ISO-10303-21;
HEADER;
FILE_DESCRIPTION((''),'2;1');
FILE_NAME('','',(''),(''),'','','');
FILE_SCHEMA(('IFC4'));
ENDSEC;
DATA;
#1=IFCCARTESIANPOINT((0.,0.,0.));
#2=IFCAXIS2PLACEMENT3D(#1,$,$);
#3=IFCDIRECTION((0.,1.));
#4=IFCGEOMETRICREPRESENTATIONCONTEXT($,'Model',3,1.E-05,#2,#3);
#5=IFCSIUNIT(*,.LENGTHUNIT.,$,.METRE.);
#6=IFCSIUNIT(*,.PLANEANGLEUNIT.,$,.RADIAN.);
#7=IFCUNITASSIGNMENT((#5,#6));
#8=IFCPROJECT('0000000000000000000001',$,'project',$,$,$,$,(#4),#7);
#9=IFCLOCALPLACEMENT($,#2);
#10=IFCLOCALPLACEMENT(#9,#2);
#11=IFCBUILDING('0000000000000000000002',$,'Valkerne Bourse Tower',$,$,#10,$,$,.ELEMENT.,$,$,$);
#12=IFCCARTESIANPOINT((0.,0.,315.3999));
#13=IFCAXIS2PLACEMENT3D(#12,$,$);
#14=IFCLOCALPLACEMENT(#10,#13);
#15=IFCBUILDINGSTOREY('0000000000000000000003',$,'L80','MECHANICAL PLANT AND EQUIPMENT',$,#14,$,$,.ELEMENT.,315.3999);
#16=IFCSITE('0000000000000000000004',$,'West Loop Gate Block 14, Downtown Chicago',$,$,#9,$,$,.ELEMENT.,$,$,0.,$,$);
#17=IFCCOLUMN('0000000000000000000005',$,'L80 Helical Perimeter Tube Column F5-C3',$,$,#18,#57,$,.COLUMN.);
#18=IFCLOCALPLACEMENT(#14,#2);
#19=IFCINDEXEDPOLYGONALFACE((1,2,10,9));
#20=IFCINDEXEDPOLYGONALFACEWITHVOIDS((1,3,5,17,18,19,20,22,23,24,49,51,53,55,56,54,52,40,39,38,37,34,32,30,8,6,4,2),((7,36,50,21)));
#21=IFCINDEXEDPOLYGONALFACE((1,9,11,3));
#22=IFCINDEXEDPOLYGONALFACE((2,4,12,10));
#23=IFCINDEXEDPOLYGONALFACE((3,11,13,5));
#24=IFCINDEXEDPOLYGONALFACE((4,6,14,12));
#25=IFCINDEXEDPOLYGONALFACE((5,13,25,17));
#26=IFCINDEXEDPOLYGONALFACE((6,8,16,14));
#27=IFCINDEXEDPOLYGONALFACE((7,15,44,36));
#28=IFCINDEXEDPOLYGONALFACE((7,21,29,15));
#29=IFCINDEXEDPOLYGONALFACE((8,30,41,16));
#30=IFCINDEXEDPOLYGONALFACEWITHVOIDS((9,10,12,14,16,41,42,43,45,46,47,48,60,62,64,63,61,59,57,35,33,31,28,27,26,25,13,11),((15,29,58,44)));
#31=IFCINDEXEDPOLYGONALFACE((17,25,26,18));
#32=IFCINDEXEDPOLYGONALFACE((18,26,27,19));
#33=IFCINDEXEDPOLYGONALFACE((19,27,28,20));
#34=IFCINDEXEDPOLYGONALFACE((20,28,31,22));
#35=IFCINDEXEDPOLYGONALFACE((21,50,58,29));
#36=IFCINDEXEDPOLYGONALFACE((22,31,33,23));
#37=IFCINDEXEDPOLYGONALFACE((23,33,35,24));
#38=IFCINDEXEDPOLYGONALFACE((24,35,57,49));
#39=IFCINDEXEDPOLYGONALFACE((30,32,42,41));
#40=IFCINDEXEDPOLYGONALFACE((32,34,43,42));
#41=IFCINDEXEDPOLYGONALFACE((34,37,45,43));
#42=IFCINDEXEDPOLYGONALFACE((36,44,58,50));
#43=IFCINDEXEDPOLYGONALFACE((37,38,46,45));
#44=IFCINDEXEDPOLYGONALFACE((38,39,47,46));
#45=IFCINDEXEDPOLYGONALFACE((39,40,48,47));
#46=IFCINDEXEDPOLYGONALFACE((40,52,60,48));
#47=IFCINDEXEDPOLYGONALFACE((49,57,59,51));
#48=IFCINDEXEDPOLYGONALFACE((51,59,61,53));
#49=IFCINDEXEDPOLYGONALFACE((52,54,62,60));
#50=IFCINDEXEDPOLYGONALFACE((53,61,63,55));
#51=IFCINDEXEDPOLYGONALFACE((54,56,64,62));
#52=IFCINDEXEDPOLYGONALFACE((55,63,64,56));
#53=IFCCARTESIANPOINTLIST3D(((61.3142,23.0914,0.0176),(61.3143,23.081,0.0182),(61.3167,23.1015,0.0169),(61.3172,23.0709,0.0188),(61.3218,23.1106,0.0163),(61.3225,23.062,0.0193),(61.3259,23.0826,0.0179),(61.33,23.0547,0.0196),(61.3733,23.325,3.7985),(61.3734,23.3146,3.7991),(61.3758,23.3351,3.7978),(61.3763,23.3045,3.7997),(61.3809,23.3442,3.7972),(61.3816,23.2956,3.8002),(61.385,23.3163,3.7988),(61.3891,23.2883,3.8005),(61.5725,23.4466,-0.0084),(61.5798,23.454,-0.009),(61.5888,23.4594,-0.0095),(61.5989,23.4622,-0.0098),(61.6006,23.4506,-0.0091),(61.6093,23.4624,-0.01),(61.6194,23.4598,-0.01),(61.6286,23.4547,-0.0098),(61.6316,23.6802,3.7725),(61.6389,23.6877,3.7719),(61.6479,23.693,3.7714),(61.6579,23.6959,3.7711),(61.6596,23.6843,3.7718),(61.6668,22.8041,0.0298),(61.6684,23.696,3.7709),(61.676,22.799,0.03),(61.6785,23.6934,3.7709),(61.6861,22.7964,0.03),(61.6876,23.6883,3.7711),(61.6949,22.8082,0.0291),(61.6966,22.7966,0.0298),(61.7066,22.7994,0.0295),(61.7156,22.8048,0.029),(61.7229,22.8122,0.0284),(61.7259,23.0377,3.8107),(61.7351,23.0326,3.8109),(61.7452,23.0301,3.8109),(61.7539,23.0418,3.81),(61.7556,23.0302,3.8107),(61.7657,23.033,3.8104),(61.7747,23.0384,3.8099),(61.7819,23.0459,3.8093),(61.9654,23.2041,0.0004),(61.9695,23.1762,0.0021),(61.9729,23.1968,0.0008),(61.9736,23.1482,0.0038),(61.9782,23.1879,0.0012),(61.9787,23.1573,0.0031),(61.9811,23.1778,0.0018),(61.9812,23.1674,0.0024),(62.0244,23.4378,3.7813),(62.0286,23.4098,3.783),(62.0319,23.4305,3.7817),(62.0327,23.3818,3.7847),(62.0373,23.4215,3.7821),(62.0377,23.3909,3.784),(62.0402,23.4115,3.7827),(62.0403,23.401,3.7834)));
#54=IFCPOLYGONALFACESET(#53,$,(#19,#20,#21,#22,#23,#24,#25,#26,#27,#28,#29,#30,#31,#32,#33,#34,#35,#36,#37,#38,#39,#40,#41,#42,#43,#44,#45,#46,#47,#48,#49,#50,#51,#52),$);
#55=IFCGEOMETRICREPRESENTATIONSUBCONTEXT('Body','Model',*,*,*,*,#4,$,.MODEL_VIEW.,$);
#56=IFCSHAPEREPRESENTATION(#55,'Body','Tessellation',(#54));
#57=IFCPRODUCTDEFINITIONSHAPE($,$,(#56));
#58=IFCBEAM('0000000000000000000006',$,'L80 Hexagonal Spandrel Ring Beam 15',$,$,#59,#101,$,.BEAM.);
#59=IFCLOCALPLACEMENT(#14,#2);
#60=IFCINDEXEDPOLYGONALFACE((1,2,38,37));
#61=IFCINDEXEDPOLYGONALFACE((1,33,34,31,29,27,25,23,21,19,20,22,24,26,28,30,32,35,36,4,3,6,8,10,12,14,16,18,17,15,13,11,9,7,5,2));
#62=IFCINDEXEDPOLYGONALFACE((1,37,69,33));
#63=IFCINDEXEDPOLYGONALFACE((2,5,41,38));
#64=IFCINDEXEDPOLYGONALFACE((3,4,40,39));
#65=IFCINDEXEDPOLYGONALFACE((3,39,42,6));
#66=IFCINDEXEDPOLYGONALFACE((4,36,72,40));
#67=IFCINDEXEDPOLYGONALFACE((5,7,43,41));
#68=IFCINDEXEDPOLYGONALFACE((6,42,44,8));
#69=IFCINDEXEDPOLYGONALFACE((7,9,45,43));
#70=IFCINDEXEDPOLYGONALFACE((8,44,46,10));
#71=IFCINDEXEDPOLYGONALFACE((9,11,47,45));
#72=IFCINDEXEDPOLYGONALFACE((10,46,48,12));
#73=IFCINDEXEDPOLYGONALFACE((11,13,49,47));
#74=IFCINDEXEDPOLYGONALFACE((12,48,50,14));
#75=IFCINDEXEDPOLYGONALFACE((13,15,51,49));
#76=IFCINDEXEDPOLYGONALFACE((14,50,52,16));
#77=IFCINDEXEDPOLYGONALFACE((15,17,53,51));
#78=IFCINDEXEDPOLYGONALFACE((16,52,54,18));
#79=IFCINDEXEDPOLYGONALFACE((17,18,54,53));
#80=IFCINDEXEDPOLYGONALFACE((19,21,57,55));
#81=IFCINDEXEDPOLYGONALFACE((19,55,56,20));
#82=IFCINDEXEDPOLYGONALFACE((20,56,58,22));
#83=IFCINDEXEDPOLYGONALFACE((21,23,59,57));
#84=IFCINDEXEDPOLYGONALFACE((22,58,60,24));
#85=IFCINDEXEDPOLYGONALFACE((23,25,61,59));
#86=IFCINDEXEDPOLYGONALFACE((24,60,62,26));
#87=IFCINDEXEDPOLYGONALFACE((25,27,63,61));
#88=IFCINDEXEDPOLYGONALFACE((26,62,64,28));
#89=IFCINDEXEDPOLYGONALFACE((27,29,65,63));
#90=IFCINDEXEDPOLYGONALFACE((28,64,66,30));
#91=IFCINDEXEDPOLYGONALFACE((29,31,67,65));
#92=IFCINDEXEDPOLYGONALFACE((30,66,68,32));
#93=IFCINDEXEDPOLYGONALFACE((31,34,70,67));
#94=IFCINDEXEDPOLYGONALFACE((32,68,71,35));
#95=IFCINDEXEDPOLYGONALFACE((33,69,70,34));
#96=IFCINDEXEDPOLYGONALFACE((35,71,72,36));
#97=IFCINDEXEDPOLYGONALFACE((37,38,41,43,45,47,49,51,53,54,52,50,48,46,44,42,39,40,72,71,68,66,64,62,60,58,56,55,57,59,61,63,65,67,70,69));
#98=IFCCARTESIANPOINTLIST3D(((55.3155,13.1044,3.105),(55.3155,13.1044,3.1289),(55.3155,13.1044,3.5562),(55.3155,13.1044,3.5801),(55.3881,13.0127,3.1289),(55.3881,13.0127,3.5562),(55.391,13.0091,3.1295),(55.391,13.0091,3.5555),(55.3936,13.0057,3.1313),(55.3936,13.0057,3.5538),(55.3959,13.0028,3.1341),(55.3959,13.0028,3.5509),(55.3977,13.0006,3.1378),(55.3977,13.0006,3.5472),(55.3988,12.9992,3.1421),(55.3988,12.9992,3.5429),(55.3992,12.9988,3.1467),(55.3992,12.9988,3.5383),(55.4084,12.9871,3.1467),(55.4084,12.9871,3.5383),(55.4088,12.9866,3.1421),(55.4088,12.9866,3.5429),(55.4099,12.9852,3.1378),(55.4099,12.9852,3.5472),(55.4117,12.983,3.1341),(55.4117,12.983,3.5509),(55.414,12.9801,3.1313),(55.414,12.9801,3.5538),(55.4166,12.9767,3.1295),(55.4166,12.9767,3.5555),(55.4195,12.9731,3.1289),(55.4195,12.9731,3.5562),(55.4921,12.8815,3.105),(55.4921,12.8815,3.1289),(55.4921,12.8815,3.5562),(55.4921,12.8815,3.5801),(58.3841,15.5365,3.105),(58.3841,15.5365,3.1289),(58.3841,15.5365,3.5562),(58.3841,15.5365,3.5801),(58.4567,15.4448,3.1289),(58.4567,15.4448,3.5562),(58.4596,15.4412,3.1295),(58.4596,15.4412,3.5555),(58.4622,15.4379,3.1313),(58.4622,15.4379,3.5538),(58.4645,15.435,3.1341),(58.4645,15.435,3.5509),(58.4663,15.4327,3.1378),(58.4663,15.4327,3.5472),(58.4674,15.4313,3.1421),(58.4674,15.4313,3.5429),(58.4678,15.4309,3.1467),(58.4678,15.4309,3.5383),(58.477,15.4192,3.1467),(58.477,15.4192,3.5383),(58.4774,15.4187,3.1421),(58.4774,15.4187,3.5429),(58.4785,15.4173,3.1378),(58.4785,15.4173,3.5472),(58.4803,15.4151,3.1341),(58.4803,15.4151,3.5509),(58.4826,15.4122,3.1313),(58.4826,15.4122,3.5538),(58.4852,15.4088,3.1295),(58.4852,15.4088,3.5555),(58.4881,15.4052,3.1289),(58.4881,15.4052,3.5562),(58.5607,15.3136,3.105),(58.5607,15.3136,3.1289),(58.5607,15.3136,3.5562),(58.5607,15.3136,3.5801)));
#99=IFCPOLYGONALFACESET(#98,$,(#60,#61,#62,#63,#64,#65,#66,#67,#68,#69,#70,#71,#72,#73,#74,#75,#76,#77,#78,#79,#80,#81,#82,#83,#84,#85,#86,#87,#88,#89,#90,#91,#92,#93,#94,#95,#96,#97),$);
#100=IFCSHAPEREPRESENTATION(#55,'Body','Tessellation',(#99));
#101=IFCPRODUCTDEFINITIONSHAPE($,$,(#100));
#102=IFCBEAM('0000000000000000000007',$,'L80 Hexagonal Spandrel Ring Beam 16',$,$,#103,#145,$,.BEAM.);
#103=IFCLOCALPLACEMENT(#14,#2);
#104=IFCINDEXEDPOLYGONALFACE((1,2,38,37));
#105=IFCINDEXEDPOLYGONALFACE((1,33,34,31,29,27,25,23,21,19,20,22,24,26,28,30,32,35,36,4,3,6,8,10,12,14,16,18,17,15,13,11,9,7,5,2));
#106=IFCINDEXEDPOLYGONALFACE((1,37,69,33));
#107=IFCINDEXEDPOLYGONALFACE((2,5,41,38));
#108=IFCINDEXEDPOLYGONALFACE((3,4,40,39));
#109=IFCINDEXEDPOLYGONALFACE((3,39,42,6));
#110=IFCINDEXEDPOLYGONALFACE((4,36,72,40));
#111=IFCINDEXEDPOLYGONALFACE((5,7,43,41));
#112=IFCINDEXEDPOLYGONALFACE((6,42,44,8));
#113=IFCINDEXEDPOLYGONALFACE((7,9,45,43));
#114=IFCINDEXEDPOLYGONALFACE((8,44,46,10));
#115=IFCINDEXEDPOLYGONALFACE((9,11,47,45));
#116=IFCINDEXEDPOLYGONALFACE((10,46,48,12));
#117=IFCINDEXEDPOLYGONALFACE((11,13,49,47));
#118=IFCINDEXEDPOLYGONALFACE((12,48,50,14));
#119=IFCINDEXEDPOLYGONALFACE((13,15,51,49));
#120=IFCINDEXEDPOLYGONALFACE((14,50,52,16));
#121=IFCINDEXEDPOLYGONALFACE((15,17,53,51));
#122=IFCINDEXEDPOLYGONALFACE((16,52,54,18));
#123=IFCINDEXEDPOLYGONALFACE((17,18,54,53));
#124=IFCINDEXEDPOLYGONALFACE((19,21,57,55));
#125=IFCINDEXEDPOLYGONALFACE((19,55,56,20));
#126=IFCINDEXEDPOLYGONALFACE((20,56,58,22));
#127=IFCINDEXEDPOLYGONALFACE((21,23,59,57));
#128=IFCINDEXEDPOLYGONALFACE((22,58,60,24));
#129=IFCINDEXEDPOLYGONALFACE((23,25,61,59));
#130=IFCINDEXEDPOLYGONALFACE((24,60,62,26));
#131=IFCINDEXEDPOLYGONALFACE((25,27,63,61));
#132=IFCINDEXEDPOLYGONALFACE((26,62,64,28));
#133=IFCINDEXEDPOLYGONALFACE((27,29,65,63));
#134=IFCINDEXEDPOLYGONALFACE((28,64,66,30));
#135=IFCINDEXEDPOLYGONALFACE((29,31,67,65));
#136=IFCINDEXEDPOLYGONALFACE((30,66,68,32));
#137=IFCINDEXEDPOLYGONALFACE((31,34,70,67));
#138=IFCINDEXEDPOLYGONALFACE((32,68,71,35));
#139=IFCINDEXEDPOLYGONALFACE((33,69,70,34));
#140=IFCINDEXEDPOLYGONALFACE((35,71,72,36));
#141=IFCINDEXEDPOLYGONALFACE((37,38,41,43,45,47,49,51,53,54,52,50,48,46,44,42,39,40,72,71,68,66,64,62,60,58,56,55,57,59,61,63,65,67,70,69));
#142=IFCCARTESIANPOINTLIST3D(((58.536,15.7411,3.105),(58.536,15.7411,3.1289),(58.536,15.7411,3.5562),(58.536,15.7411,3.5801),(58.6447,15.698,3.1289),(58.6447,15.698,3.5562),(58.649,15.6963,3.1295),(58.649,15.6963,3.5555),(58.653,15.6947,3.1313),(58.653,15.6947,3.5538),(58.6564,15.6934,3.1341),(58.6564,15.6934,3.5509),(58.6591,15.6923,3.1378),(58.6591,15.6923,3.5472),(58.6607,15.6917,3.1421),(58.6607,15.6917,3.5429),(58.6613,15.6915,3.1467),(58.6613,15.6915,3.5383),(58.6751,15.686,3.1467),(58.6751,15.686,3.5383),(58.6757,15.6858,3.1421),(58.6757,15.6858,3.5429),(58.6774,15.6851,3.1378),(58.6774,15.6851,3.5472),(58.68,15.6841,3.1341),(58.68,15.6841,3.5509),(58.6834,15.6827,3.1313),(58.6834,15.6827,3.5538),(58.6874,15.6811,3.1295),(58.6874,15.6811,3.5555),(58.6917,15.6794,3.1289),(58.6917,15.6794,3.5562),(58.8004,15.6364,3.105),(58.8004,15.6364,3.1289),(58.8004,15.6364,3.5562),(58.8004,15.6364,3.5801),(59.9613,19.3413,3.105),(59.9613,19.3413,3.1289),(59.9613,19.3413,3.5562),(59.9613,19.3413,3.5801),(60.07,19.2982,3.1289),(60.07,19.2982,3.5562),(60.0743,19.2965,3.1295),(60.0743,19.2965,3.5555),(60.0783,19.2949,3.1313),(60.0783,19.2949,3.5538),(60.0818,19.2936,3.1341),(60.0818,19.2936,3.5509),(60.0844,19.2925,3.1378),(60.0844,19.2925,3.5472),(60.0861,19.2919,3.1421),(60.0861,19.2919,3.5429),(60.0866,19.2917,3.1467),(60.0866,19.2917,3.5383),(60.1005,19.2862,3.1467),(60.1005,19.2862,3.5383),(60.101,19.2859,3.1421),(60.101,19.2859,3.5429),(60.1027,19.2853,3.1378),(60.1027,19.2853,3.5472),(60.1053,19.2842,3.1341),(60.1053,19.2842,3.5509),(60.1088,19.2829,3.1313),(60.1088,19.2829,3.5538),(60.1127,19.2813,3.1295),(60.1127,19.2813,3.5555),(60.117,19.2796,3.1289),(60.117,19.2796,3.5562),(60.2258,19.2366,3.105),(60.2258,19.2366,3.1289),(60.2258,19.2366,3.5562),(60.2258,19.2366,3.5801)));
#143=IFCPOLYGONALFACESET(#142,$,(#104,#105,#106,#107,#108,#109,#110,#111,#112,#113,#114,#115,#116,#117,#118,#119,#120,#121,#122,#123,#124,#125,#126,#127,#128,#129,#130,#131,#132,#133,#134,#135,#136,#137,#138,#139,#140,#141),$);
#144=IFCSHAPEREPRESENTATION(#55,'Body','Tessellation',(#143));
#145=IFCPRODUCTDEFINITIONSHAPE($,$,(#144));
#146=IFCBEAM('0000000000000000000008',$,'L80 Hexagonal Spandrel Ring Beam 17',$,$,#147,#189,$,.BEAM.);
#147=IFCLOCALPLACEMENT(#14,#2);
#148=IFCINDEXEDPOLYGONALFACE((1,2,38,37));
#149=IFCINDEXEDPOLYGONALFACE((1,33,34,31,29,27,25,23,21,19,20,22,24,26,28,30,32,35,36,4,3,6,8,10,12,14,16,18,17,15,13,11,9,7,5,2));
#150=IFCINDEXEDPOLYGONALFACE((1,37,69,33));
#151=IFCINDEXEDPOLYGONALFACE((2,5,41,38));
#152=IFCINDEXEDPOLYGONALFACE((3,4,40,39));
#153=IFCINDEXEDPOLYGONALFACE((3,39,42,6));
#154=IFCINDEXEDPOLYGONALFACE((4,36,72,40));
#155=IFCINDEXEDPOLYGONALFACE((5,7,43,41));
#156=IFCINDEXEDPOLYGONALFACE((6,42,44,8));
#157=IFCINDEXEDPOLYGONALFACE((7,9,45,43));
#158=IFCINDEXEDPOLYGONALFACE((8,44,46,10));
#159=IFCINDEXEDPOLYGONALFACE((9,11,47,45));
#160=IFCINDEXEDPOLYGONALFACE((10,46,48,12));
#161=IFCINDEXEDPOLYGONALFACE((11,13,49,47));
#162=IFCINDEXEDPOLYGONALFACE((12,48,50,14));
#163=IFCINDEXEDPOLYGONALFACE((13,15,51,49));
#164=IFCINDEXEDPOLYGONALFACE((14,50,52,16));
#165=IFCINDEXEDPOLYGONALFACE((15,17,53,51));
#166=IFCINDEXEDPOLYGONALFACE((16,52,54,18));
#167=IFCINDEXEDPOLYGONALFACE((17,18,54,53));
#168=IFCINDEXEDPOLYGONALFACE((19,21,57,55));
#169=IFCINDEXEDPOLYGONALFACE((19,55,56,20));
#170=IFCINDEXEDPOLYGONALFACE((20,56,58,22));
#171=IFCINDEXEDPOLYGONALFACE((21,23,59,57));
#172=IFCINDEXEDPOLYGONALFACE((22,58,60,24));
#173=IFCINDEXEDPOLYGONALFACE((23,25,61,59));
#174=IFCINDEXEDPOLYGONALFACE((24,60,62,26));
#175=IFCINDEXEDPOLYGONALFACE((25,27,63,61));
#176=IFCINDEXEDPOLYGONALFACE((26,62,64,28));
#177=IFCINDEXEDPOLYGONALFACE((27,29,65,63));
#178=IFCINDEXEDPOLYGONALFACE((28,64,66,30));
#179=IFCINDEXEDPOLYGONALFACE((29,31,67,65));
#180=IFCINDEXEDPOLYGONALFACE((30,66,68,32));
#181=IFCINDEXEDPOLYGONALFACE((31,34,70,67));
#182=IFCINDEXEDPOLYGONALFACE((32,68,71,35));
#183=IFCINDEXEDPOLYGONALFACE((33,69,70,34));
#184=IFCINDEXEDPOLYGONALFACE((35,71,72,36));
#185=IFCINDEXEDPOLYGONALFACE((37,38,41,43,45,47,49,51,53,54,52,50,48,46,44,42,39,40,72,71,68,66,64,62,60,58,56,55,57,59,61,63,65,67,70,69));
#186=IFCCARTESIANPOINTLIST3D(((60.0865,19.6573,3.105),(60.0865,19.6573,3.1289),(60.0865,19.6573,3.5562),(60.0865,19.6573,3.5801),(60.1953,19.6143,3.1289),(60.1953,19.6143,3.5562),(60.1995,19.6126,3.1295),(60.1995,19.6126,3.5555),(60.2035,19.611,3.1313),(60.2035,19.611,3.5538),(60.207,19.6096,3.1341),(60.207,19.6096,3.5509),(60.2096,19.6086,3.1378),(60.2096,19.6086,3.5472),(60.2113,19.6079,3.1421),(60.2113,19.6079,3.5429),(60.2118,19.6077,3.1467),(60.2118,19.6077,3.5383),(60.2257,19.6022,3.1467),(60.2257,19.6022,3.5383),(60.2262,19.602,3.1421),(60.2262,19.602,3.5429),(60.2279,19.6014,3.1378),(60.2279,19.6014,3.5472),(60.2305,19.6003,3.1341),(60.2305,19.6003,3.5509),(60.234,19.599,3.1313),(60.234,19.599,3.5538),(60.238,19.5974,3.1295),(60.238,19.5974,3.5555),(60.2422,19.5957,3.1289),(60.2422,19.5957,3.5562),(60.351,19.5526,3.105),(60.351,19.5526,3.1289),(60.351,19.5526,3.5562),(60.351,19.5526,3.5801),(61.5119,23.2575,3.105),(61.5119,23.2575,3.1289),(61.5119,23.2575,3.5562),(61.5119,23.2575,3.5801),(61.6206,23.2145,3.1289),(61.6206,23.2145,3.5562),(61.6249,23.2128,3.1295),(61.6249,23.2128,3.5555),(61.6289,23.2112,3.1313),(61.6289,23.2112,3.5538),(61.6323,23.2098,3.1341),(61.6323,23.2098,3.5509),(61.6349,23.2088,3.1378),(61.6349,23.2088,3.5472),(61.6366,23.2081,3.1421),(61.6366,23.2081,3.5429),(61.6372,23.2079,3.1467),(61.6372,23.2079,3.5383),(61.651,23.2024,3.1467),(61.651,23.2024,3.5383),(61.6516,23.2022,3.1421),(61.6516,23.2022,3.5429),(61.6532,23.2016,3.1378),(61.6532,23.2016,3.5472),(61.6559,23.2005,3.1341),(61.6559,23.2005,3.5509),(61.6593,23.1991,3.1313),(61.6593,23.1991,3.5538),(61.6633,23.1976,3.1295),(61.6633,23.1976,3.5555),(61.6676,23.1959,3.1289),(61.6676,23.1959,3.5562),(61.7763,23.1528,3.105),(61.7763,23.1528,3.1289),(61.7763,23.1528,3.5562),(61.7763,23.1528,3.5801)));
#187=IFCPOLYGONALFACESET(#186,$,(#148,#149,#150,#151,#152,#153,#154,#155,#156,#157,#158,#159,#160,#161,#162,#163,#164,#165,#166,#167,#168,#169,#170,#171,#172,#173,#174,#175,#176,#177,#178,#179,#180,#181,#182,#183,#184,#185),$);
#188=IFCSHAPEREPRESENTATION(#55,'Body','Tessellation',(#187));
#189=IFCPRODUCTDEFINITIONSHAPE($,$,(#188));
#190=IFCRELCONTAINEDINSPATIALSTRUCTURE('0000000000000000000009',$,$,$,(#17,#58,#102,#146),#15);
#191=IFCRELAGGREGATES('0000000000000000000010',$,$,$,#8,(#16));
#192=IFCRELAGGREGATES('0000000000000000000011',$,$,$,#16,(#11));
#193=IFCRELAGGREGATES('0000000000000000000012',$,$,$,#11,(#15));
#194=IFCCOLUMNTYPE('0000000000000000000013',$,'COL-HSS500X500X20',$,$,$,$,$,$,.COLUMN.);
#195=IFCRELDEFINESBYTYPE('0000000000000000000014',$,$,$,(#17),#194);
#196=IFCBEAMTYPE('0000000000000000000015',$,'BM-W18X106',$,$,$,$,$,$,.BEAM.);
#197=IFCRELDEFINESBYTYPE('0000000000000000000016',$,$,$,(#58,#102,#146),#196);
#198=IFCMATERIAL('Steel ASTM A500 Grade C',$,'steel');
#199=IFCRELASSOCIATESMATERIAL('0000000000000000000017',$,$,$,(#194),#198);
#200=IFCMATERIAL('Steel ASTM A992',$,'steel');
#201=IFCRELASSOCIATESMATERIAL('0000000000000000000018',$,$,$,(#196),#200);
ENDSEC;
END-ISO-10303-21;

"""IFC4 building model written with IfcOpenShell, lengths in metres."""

from ifc_helpers import new_model, si_unit, direction, frame, origin, origin_2d, place, context, subcontext, project, spatial, hollow_rectangle, i_section, extrude, material, material_profile, profile_set, type_object, element, save


model = new_model("IFC4")

# Units and contexts
model_context = context("Model", 3, precision=1e-05, world=origin(), true_north=direction((0.0, 1.0)))
body_context = subcontext(model_context, "Body", "Model", "MODEL_VIEW")
ifc_project = project(units=[si_unit("LENGTHUNIT", "METRE"), si_unit("PLANEANGLEUNIT", "RADIAN")], contexts=[model_context])

# Site, building, storey
site_placement = place(None, origin())
site = spatial("IfcSite", under=ifc_project, at=site_placement, Name="West Loop Gate Block 14, Downtown Chicago", CompositionType="ELEMENT", RefElevation=0.0)
building_placement = place(site_placement, origin())
building = spatial("IfcBuilding", under=site, at=building_placement, Name="Valkerne Bourse Tower", CompositionType="ELEMENT")
storey_placement = place(building_placement, frame((0.0, 0.0, 315.3999)))
storey = spatial("IfcBuildingStorey", under=building, at=storey_placement, Name="L80", Description="MECHANICAL PLANT AND EQUIPMENT", CompositionType="ELEMENT", Elevation=315.3999)

# Column
ifc_material_1 = material(Name="Steel ASTM A500 Grade C", Category="steel")
ifc_material_profile_1 = material_profile(ifc_material_1, hollow_rectangle(XDim=0.5, YDim=0.5, WallThickness=0.02, OuterFilletRadius=0.04, at=origin_2d()), Name="HSS500X500X20")
ifc_profile_set_1 = profile_set([ifc_material_profile_1], Name="Steel ASTM A500 Grade C")
column_type_1 = type_object("IfcColumnType", Name="COL-HSS500X500X20", PredefinedType="COLUMN", material=ifc_profile_set_1)
for number, where, z_axis, x_axis, name in (
    (1, (61.6477, 23.1294, 0.01), (0.015594, 0.061669, 0.997975), (-0.597042, -0.800055, 0.058768), "L80 Helical Perimeter Tube Column F5-C3"),
):
    element("IfcColumn", number, at=place(storey_placement, frame(where, z_axis=z_axis, x_axis=x_axis)), inside=storey, type_object=column_type_1, Name=name, PredefinedType="COLUMN", context=body_context, shape_type="SweptSolid", body=[
        extrude(hollow_rectangle(XDim=0.5, YDim=0.5, WallThickness=0.02, OuterFilletRadius=0.04, at=origin_2d()), origin(), (0.0, 0.0, 1.0), 3.7886),
    ])

# Beams
ifc_material_2 = material(Name="Steel ASTM A992", Category="steel")
ifc_material_profile_2 = material_profile(ifc_material_2, i_section(OverallWidth=0.2844, OverallDepth=0.4751, WebThickness=0.0149, FlangeThickness=0.0239, FilletRadius=0.0178, at=origin_2d()), Name="W18X106")
ifc_profile_set_2 = profile_set([ifc_material_profile_2], Name="Steel ASTM A992")
beam_type_1 = type_object("IfcBeamType", Name="BM-W18X106", PredefinedType="BEAM", material=ifc_profile_set_2)
beam_1_placement = place(storey_placement, frame((55.4038, 12.9929, 3.3425), z_axis=(0.783695, 0.621145, 0.0), x_axis=(-0.621145, 0.783695, 0.0)))
element("IfcBeam", 2, at=beam_1_placement, inside=storey, type_object=beam_type_1, Name="L80 Hexagonal Spandrel Ring Beam 15", PredefinedType="BEAM", context=body_context, shape_type="SweptSolid", body=[
    extrude(i_section(OverallWidth=0.2844, OverallDepth=0.4751, WebThickness=0.0149, FlangeThickness=0.0239, FilletRadius=0.0178, at=origin_2d()), origin(), (0.0, 0.0, 1.0), 3.9155),
])
for number, where, z_axis, x_axis, name in (
    (3, (58.6682, 15.6887, 3.3425), (0.368105, 0.929784, 0.0), (-0.929784, 0.368105, 0.0), "L80 Hexagonal Spandrel Ring Beam 16"),
    (4, (60.2188, 19.605, 3.3425), (0.368105, 0.929784, 0.0), (-0.929784, 0.368105, 0.0), "L80 Hexagonal Spandrel Ring Beam 17"),
):
    element("IfcBeam", number, at=place(storey_placement, frame(where, z_axis=z_axis, x_axis=x_axis)), inside=storey, type_object=beam_type_1, Name=name, PredefinedType="BEAM", context=body_context, shape_type="SweptSolid", body=[
        extrude(i_section(OverallWidth=0.2844, OverallDepth=0.4751, WebThickness=0.0149, FlangeThickness=0.0239, FilletRadius=0.0178, at=origin_2d()), origin(), (0.0, 0.0, 1.0), 3.8721),
    ])

save(model, "model.ifc")
